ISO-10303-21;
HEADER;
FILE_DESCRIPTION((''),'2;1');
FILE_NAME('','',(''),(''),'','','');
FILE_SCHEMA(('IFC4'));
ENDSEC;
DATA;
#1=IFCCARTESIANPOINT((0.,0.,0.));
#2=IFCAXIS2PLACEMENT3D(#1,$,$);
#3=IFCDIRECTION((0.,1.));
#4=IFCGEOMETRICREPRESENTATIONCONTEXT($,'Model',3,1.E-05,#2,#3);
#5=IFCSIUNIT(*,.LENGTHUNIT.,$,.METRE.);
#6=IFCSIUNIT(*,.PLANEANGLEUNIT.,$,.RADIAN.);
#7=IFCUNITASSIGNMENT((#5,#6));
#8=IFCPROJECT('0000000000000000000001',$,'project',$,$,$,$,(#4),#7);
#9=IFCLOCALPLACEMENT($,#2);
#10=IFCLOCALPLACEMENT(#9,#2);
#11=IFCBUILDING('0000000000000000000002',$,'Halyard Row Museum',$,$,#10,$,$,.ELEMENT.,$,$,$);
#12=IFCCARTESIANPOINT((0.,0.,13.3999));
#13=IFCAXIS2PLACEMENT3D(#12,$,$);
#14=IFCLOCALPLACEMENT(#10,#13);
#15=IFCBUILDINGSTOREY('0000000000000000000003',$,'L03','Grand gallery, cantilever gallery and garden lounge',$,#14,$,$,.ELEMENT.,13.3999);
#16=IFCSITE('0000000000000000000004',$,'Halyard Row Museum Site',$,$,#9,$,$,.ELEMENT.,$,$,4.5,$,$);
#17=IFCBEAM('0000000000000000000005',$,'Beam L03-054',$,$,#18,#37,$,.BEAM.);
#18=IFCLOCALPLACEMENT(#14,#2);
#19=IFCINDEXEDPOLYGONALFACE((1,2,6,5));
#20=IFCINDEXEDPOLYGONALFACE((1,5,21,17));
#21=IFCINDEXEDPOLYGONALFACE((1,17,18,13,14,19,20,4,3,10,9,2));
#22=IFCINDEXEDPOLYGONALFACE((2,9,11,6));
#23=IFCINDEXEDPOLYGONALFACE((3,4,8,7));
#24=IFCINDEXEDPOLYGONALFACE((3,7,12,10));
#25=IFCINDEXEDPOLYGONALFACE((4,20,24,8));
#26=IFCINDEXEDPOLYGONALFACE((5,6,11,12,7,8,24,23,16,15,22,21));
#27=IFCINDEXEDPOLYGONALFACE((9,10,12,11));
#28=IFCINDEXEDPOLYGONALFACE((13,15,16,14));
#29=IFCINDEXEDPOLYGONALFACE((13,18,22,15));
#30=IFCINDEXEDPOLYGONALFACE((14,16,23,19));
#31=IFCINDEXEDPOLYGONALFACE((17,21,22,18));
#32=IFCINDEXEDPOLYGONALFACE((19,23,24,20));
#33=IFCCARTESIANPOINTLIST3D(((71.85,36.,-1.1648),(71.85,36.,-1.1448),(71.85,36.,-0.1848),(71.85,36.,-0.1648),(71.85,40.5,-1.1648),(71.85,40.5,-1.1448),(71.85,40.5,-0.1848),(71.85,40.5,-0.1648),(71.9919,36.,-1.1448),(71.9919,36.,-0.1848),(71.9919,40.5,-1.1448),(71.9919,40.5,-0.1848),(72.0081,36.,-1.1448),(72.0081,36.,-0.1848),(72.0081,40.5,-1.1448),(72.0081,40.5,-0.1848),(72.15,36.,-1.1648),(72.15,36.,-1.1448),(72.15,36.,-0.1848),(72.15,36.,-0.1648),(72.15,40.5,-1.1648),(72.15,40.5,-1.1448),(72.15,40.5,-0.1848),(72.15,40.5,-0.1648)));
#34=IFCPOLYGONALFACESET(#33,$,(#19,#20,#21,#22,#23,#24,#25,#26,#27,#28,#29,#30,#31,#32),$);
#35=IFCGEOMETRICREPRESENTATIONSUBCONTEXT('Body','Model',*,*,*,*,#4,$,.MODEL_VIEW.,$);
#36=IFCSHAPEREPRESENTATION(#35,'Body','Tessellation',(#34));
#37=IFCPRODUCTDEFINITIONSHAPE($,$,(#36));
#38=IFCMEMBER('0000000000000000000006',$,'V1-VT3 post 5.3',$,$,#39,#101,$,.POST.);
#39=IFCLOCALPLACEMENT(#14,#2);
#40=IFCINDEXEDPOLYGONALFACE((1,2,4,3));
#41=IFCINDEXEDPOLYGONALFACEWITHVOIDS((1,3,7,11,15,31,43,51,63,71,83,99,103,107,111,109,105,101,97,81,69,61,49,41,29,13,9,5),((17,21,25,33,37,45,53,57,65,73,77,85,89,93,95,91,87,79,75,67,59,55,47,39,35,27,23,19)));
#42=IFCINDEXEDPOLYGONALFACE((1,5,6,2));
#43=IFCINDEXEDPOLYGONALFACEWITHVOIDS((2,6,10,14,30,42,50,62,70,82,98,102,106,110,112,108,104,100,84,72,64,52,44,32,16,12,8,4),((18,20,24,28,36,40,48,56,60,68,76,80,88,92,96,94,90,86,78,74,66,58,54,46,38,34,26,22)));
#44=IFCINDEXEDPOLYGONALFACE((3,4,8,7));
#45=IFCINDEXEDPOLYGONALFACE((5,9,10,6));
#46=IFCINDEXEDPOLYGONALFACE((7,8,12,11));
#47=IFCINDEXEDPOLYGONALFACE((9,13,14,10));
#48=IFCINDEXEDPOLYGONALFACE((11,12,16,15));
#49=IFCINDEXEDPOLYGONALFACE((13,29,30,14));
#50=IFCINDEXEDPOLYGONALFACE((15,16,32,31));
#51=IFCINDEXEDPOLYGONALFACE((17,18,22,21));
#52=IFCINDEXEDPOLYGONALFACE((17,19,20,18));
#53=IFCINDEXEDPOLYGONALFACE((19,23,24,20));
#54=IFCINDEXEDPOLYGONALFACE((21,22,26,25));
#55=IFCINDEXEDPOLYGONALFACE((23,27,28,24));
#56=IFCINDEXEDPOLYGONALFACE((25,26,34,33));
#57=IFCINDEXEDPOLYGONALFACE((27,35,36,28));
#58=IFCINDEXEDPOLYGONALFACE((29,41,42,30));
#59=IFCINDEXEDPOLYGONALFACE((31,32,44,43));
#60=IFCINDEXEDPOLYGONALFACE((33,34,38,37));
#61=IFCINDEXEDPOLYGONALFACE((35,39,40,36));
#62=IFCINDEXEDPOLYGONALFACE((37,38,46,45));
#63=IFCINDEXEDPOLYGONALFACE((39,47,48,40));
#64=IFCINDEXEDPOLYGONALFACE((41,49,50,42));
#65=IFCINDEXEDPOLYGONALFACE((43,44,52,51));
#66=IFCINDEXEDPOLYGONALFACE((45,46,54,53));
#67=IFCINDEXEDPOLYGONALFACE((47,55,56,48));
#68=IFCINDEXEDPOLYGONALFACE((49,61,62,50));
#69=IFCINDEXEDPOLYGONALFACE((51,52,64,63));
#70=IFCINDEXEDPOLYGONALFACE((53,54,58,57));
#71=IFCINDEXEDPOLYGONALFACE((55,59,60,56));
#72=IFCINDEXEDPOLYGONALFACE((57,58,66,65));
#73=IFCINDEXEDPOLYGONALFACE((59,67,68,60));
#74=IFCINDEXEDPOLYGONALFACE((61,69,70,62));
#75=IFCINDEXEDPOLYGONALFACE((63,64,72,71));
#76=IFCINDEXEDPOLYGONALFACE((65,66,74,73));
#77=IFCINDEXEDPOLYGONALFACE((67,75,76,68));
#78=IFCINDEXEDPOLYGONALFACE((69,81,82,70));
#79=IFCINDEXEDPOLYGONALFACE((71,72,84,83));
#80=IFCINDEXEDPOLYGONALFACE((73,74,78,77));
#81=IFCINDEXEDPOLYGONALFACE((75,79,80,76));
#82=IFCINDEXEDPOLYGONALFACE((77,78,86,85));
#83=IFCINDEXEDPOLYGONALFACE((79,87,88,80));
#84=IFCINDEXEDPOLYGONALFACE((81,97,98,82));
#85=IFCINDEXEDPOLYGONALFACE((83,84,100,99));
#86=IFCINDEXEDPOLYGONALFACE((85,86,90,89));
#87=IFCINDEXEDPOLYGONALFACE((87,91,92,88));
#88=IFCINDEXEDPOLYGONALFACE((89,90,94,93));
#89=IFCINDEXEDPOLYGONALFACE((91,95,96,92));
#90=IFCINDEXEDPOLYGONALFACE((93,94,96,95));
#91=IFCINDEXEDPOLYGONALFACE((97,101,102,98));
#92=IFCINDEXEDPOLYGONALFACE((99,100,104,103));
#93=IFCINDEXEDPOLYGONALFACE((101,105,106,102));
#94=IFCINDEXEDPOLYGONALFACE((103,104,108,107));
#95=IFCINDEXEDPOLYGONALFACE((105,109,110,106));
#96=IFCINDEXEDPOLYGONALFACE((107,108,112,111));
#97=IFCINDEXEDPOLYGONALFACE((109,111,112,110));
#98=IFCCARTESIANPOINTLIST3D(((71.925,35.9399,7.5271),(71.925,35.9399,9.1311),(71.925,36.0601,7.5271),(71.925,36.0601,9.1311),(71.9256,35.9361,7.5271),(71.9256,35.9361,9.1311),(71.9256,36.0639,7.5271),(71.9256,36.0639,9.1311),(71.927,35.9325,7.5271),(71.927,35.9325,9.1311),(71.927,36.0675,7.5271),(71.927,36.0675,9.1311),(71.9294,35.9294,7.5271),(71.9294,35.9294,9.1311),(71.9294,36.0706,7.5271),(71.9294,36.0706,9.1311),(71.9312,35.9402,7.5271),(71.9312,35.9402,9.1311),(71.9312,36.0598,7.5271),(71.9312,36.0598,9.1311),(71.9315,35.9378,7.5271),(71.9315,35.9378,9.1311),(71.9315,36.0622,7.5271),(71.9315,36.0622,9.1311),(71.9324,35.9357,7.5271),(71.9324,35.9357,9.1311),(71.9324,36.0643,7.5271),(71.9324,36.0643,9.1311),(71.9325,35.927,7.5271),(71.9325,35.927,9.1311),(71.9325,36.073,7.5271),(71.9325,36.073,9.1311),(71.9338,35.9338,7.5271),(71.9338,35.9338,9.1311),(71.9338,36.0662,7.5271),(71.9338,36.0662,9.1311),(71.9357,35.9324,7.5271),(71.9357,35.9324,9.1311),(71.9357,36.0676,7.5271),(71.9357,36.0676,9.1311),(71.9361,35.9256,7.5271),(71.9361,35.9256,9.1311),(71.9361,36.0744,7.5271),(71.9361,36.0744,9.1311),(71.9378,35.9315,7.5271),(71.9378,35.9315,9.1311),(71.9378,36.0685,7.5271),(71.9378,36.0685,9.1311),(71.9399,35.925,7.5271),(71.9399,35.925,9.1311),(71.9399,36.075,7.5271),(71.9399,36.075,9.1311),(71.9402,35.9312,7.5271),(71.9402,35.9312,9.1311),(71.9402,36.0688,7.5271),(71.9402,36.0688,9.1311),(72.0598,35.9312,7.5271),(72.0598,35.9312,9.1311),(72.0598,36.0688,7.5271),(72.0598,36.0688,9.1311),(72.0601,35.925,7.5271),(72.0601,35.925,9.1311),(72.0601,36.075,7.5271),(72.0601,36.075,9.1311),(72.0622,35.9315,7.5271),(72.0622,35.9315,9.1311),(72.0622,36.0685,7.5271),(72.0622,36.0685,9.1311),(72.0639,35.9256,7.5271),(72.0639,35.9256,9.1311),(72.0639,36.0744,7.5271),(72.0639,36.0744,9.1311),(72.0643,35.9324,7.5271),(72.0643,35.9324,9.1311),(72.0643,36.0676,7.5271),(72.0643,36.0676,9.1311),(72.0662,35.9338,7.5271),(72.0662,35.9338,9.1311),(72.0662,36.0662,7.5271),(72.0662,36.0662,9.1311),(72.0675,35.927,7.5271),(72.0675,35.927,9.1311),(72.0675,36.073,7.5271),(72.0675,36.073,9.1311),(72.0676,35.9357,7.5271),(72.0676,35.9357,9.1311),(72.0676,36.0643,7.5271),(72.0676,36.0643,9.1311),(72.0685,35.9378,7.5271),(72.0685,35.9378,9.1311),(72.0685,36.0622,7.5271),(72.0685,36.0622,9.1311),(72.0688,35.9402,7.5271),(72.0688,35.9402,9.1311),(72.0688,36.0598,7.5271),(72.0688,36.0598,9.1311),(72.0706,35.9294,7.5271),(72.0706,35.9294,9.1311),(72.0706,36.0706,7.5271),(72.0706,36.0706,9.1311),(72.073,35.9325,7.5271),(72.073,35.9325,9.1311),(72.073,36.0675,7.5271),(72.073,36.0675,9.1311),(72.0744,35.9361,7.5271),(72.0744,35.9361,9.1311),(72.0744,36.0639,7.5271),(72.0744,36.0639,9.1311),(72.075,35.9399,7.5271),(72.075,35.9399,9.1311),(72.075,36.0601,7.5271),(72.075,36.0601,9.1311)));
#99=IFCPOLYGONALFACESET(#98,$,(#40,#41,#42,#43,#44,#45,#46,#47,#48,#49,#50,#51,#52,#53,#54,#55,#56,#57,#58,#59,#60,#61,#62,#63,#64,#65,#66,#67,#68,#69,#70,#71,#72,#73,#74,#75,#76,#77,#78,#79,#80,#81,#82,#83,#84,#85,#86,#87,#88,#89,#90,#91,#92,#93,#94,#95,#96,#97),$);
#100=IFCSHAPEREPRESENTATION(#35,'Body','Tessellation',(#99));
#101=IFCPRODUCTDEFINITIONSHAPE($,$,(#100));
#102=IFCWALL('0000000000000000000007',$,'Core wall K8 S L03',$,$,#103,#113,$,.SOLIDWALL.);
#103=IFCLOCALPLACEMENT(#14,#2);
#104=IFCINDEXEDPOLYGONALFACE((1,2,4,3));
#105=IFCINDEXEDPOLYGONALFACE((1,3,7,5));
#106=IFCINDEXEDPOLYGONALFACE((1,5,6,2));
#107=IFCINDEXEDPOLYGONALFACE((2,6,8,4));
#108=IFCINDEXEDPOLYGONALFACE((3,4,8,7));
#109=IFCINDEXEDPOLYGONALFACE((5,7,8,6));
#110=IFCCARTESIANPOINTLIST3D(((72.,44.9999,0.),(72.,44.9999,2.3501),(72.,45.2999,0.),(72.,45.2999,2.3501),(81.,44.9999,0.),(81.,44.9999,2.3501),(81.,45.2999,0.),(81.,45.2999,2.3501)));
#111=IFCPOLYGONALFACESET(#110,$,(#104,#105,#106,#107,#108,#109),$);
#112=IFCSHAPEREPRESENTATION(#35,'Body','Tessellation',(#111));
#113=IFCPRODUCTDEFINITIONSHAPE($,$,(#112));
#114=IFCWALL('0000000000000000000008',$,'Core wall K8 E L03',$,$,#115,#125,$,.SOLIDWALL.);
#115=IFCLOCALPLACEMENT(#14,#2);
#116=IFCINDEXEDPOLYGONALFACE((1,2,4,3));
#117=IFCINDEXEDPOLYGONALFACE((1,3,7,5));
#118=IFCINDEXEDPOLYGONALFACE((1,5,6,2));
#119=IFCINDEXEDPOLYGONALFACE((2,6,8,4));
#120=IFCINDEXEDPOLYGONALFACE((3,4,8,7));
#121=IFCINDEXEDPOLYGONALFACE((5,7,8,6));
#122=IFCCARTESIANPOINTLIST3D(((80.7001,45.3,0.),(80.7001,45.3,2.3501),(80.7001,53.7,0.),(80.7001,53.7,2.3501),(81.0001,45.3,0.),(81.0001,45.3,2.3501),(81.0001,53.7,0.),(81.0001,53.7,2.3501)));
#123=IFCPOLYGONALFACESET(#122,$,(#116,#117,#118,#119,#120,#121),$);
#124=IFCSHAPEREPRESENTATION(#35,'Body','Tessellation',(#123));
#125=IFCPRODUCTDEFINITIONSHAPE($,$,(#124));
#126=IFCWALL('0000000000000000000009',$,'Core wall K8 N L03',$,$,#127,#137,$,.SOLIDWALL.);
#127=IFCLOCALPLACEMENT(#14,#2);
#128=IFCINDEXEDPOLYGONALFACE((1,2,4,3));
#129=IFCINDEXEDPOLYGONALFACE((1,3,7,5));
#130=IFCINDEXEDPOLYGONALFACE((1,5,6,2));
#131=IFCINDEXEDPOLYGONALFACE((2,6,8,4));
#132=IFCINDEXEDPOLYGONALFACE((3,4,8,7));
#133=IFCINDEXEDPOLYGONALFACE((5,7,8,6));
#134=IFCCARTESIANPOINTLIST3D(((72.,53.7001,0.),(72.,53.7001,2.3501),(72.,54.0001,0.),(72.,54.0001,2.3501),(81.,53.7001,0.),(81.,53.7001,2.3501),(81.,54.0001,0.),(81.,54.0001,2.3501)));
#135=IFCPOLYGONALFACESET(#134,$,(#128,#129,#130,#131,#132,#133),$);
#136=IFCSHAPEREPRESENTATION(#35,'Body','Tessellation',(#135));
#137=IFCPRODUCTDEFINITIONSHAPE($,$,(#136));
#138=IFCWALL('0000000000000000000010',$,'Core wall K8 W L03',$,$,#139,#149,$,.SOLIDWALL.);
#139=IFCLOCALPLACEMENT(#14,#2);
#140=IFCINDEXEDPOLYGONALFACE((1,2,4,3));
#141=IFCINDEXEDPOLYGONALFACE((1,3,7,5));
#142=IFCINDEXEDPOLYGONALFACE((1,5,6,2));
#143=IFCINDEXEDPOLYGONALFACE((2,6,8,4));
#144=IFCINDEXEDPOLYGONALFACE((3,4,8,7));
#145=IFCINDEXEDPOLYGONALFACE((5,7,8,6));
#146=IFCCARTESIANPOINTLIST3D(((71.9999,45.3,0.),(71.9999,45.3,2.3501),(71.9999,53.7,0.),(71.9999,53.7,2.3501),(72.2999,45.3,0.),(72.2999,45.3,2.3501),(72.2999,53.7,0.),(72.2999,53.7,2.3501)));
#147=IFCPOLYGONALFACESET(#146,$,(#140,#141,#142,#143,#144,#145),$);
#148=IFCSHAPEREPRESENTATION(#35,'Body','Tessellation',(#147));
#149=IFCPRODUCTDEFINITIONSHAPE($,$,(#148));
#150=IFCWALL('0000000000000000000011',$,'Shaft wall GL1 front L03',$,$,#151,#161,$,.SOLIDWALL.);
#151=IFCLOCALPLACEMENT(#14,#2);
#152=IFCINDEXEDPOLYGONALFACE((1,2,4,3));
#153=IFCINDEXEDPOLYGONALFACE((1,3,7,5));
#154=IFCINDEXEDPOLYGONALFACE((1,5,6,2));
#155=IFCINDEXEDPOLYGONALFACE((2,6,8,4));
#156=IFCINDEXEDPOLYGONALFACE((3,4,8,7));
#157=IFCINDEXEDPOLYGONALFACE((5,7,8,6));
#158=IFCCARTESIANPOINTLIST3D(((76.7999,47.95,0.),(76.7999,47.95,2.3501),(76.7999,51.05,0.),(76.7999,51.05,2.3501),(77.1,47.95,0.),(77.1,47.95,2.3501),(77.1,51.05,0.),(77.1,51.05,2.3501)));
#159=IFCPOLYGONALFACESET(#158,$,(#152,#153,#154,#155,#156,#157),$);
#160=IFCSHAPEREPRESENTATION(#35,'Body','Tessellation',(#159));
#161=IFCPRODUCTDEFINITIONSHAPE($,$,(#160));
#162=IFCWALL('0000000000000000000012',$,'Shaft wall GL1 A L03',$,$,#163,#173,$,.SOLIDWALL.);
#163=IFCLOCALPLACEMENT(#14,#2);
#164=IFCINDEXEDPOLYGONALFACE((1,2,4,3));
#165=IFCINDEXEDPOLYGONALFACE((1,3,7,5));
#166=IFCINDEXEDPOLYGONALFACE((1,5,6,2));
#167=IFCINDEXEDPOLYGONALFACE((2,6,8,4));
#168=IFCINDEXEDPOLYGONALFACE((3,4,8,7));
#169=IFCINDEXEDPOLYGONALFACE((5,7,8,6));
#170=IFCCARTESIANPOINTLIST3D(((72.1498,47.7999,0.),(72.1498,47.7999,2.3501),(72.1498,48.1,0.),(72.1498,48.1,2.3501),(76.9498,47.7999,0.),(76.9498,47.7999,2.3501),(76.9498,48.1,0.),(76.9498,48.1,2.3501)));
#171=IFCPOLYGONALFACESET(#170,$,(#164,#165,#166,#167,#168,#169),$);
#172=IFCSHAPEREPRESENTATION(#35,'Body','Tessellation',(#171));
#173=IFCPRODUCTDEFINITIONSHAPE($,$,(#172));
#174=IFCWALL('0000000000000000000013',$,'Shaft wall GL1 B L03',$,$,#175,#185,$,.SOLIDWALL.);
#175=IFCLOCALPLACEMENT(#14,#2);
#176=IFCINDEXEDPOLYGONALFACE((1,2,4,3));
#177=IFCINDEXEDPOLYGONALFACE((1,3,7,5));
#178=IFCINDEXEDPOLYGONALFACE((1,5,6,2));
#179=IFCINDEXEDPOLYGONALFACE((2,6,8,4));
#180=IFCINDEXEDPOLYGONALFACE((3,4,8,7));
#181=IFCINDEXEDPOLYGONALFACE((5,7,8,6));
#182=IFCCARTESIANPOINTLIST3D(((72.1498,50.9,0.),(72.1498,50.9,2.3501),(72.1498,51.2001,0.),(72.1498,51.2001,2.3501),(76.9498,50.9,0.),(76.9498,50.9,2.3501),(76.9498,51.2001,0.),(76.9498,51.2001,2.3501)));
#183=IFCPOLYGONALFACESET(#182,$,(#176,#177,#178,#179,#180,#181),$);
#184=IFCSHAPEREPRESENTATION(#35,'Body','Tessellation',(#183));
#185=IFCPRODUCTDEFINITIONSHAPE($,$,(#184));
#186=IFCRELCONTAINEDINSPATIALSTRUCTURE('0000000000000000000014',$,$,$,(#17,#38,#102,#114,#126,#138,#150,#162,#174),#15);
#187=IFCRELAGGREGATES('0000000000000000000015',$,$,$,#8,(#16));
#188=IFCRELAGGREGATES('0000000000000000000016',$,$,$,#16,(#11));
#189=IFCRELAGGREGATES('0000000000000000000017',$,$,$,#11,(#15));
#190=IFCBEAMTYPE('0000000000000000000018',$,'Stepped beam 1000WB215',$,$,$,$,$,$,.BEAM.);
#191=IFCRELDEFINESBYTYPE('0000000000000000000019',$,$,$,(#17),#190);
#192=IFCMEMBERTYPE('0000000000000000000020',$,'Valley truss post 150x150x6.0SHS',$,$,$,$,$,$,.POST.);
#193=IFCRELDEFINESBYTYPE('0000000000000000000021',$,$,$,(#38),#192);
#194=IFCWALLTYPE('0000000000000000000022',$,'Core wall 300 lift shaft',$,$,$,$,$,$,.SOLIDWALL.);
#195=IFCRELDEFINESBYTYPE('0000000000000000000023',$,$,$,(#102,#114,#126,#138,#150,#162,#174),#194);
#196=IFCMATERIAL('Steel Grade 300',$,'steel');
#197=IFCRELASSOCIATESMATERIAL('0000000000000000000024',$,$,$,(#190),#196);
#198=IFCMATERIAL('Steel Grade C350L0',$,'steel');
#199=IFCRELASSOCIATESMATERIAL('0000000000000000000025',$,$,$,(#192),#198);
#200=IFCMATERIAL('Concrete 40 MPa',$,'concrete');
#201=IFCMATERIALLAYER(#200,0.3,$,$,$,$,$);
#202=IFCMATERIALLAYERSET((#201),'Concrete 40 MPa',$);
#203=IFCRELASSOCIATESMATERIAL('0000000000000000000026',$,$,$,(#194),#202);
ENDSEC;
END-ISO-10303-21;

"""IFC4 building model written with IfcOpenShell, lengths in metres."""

from ifc_helpers import new_model, si_unit, direction, frame, frame_2d, origin, origin_2d, place, context, subcontext, project, spatial, rectangle, hollow_rectangle, i_section, extrude, material, layer, layer_set, material_profile, profile_set, type_object, element, save


model = new_model("IFC4")

# Units and contexts
model_context = context("Model", 3, precision=1e-05, world=origin(), true_north=direction((0.0, 1.0)))
body_context = subcontext(model_context, "Body", "Model", "MODEL_VIEW")
ifc_project = project(units=[si_unit("LENGTHUNIT", "METRE"), si_unit("PLANEANGLEUNIT", "RADIAN")], contexts=[model_context])

# Site, building, storey
site_placement = place(None, origin())
site = spatial("IfcSite", under=ifc_project, at=site_placement, Name="Halyard Row Museum Site", CompositionType="ELEMENT", RefElevation=4.5)
building_placement = place(site_placement, origin())
building = spatial("IfcBuilding", under=site, at=building_placement, Name="Halyard Row Museum", CompositionType="ELEMENT")
storey_placement = place(building_placement, frame((0.0, 0.0, 13.3999)))
storey = spatial("IfcBuildingStorey", under=building, at=storey_placement, Name="L03", Description="Grand gallery, cantilever gallery and garden lounge", CompositionType="ELEMENT", Elevation=13.3999)

# Beam
ifc_material_1 = material(Name="Steel Grade 300", Category="steel")
ifc_material_profile_1 = material_profile(ifc_material_1, i_section(OverallWidth=0.3, OverallDepth=1.0, WebThickness=0.0161, FlangeThickness=0.02, at=origin_2d()), Name="1000WB215")
ifc_profile_set_1 = profile_set([ifc_material_profile_1], Name="Steel Grade 300")
beam_type_1 = type_object("IfcBeamType", Name="Stepped beam 1000WB215", PredefinedType="BEAM", material=ifc_profile_set_1)
beam_1_placement = place(storey_placement, frame((72.0, 36.0, -0.6648), z_axis=(0.0, 1.0, 0.0), x_axis=(-1.0, 0.0, 0.0)))
element("IfcBeam", 1, at=beam_1_placement, inside=storey, type_object=beam_type_1, Name="Beam L03-054", PredefinedType="BEAM", context=body_context, shape_type="SweptSolid", body=[
    extrude(i_section(OverallWidth=0.3, OverallDepth=1.0, WebThickness=0.0161, FlangeThickness=0.02, at=origin_2d()), origin(), (0.0, 0.0, 1.0), 4.5),
])

# Member
ifc_material_2 = material(Name="Steel Grade C350L0", Category="steel")
ifc_material_profile_2 = material_profile(ifc_material_2, hollow_rectangle(XDim=0.1499, YDim=0.1499, WallThickness=0.0061, InnerFilletRadius=0.009, OuterFilletRadius=0.0149, at=origin_2d()), Name="150x150x6.0SHS")
ifc_profile_set_2 = profile_set([ifc_material_profile_2], Name="Steel Grade C350L0")
member_type_1 = type_object("IfcMemberType", Name="Valley truss post 150x150x6.0SHS", PredefinedType="POST", material=ifc_profile_set_2)
member_1_placement = place(storey_placement, frame((72.0, 36.0, 7.5271), z_axis=(0.0, 0.0, 1.0), x_axis=(1.0, 0.0, 0.0)))
element("IfcMember", 2, at=member_1_placement, inside=storey, type_object=member_type_1, Name="V1-VT3 post 5.3", PredefinedType="POST", context=body_context, shape_type="SweptSolid", body=[
    extrude(hollow_rectangle(XDim=0.1499, YDim=0.1499, WallThickness=0.0061, InnerFilletRadius=0.009, OuterFilletRadius=0.0149, at=origin_2d()), origin(), (0.0, 0.0, 1.0), 1.604),
])

# Walls
ifc_material_3 = material(Name="Concrete 40 MPa", Category="concrete")
ifc_layer_1 = layer(ifc_material_3, 0.3)
ifc_layer_set_1 = layer_set([ifc_layer_1], Name="Concrete 40 MPa")
wall_type_1 = type_object("IfcWallType", Name="Core wall 300 lift shaft", PredefinedType="SOLIDWALL", material=ifc_layer_set_1)
wall_1_placement = place(storey_placement, frame((72.0, 45.1499, 0.0), z_axis=(0.0, 0.0, 1.0), x_axis=(1.0, 0.0, 0.0)))
element("IfcWall", 3, at=wall_1_placement, inside=storey, type_object=wall_type_1, Name="Core wall K8 S L03", PredefinedType="SOLIDWALL", context=body_context, shape_type="SweptSolid", body=[
    extrude(rectangle(XDim=9.0, YDim=0.3, at=frame_2d((4.5, 0.0))), origin(), (0.0, 0.0, 1.0), 2.3501),
])
wall_2_placement = place(storey_placement, frame((80.8501, 45.3, 0.0), z_axis=(0.0, 0.0, 1.0), x_axis=(0.0, 1.0, 0.0)))
element("IfcWall", 4, at=wall_2_placement, inside=storey, type_object=wall_type_1, Name="Core wall K8 E L03", PredefinedType="SOLIDWALL", context=body_context, shape_type="SweptSolid", body=[
    extrude(rectangle(XDim=8.3999, YDim=0.3, at=frame_2d((4.2, 0.0))), origin(), (0.0, 0.0, 1.0), 2.3501),
])
wall_3_placement = place(storey_placement, frame((72.0, 53.8501, 0.0), z_axis=(0.0, 0.0, 1.0), x_axis=(1.0, 0.0, 0.0)))
element("IfcWall", 5, at=wall_3_placement, inside=storey, type_object=wall_type_1, Name="Core wall K8 N L03", PredefinedType="SOLIDWALL", context=body_context, shape_type="SweptSolid", body=[
    extrude(rectangle(XDim=9.0, YDim=0.3, at=frame_2d((4.5, 0.0))), origin(), (0.0, 0.0, 1.0), 2.3501),
])
wall_4_placement = place(storey_placement, frame((72.1499, 45.3, 0.0), z_axis=(0.0, 0.0, 1.0), x_axis=(0.0, 1.0, 0.0)))
element("IfcWall", 6, at=wall_4_placement, inside=storey, type_object=wall_type_1, Name="Core wall K8 W L03", PredefinedType="SOLIDWALL", context=body_context, shape_type="SweptSolid", body=[
    extrude(rectangle(XDim=8.3999, YDim=0.3, at=frame_2d((4.2, 0.0))), origin(), (0.0, 0.0, 1.0), 2.3501),
])
wall_5_placement = place(storey_placement, frame((76.95, 47.95, 0.0), z_axis=(0.0, 0.0, 1.0), x_axis=(0.0, 1.0, 0.0)))
element("IfcWall", 7, at=wall_5_placement, inside=storey, type_object=wall_type_1, Name="Shaft wall GL1 front L03", PredefinedType="SOLIDWALL", context=body_context, shape_type="SweptSolid", body=[
    extrude(rectangle(XDim=3.1001, YDim=0.3, at=frame_2d((1.55, 0.0))), origin(), (0.0, 0.0, 1.0), 2.3501),
])
for number, where, z_axis, x_axis, name in (
    (8, (72.1499, 47.95, 0.0), (0.0, 0.0, 1.0), (1.0, 0.0, 0.0), "Shaft wall GL1 A L03"),
    (9, (72.1499, 51.05, 0.0), (0.0, 0.0, 1.0), (1.0, 0.0, 0.0), "Shaft wall GL1 B L03"),
):
    element("IfcWall", number, at=place(storey_placement, frame(where, z_axis=z_axis, x_axis=x_axis)), inside=storey, type_object=wall_type_1, Name=name, PredefinedType="SOLIDWALL", context=body_context, shape_type="SweptSolid", body=[
        extrude(rectangle(XDim=4.8, YDim=0.3, at=frame_2d((2.3999, 0.0))), origin(), (0.0, 0.0, 1.0), 2.3501),
    ])

save(model, "model.ifc")
